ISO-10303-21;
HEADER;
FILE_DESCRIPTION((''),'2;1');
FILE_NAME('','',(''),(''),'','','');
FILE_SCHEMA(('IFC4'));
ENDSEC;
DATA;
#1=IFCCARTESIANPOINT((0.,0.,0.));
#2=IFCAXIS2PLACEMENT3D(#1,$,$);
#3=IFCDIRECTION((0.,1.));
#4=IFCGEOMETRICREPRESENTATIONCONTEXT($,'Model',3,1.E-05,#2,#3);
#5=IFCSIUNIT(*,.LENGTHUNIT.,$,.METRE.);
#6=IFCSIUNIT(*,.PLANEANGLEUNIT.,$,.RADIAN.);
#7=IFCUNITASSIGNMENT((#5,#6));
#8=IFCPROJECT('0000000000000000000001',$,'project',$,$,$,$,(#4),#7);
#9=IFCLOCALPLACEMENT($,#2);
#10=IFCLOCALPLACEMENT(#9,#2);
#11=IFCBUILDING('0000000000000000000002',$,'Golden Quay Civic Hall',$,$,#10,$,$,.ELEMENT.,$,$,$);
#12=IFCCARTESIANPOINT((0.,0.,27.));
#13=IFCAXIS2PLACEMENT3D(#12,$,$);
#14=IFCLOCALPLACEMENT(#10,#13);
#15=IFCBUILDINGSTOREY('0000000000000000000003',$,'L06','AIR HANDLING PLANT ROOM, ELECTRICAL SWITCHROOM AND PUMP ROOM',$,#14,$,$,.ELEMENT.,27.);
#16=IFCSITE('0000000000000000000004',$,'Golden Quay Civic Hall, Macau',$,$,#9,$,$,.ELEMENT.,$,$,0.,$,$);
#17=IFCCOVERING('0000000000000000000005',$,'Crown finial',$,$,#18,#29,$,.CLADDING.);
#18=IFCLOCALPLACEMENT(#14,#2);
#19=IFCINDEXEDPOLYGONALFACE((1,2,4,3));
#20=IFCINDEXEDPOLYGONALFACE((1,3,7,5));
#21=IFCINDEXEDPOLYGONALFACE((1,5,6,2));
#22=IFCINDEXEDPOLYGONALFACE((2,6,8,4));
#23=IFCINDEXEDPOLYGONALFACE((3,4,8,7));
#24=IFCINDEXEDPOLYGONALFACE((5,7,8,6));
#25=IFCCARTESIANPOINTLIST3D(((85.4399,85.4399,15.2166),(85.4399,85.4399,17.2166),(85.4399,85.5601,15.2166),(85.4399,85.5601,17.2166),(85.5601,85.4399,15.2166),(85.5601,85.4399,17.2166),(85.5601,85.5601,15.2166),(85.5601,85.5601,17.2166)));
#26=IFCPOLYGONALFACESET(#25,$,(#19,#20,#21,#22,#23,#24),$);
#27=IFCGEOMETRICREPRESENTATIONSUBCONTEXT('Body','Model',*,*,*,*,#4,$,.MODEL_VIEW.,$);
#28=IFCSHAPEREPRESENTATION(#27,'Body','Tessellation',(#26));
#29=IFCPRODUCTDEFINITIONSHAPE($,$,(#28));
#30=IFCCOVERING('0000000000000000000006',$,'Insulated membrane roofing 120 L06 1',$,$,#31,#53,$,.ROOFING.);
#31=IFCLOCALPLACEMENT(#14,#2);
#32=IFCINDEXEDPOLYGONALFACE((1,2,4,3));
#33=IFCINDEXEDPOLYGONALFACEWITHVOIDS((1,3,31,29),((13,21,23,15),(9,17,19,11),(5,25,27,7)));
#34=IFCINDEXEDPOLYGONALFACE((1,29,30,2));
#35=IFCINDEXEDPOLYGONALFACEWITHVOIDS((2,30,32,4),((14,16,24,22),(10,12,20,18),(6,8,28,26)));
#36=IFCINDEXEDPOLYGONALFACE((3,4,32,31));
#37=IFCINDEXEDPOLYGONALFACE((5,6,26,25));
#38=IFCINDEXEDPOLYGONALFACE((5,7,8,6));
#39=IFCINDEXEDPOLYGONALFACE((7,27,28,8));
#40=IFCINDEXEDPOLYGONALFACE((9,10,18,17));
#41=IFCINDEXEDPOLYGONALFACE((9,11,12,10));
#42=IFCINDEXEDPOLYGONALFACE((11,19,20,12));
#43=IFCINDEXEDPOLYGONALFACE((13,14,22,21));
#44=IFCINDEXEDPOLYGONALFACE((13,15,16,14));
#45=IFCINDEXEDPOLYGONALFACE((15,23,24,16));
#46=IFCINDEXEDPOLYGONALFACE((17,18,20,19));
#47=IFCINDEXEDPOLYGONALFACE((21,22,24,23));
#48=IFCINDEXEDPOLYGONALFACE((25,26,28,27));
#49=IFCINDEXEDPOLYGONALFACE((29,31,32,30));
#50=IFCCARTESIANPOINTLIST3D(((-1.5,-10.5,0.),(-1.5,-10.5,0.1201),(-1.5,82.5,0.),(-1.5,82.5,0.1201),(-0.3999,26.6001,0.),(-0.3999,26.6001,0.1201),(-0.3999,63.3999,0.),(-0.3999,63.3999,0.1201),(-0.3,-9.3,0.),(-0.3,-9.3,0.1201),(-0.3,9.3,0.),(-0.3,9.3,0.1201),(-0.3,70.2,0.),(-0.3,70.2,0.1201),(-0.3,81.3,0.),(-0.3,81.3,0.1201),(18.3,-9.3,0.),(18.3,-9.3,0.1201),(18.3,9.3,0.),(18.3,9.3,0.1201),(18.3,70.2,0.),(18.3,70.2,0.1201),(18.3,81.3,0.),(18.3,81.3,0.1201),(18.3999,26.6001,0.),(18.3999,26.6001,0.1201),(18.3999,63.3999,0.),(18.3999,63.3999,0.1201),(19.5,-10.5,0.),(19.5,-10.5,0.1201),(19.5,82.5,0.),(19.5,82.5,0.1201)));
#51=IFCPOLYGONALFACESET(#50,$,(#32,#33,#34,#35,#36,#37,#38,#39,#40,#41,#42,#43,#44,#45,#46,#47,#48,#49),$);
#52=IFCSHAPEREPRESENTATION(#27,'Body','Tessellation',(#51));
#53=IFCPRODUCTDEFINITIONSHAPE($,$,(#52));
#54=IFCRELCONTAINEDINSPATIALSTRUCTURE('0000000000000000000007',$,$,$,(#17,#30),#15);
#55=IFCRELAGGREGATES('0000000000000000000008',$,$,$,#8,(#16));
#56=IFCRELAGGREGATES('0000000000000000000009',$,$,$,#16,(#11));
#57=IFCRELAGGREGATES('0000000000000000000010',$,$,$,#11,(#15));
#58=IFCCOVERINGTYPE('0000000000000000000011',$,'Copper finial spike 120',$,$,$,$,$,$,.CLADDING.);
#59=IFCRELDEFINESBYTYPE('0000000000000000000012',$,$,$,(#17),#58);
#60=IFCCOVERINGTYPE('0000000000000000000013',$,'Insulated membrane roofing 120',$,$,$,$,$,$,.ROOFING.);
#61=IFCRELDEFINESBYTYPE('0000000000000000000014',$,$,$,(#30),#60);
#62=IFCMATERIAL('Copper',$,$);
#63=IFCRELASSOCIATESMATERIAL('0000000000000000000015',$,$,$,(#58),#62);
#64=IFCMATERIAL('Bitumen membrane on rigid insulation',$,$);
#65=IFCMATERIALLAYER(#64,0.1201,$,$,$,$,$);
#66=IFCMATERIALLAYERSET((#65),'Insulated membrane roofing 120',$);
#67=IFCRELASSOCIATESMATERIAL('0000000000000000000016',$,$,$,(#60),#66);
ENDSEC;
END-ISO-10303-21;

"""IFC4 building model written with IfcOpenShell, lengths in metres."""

from ifc_helpers import new_model, si_unit, direction, frame, origin, place, context, subcontext, project, spatial, polyline, outline, extrude, material, layer, layer_set, type_object, element, save


model = new_model("IFC4")

# Units and contexts
model_context = context("Model", 3, precision=1e-05, world=origin(), true_north=direction((0.0, 1.0)))
body_context = subcontext(model_context, "Body", "Model", "MODEL_VIEW")
ifc_project = project(units=[si_unit("LENGTHUNIT", "METRE"), si_unit("PLANEANGLEUNIT", "RADIAN")], contexts=[model_context])

# Site, building, storey
site_placement = place(None, origin())
site = spatial("IfcSite", under=ifc_project, at=site_placement, Name="Golden Quay Civic Hall, Macau", CompositionType="ELEMENT", RefElevation=0.0)
building_placement = place(site_placement, origin())
building = spatial("IfcBuilding", under=site, at=building_placement, Name="Golden Quay Civic Hall", CompositionType="ELEMENT")
storey_placement = place(building_placement, frame((0.0, 0.0, 27.0)))
storey = spatial("IfcBuildingStorey", under=building, at=storey_placement, Name="L06", Description="AIR HANDLING PLANT ROOM, ELECTRICAL SWITCHROOM AND PUMP ROOM", CompositionType="ELEMENT", Elevation=27.0)

# Coverings
ifc_material_1 = material(Name="Copper")
covering_type_1 = type_object("IfcCoveringType", Name="Copper finial spike 120", PredefinedType="CLADDING", material=ifc_material_1)
covering_1_placement = place(storey_placement, frame((0.0, 0.0, 15.2166)))
element("IfcCovering", 1, at=covering_1_placement, inside=storey, type_object=covering_type_1, Name="Crown finial", PredefinedType="CLADDING", context=body_context, shape_type="SweptSolid", body=[
    extrude(outline(polyline([(85.4399, 85.4399), (85.5601, 85.4399), (85.5601, 85.5601), (85.4399, 85.5601), (85.4399, 85.4399)])), origin(), (0.0, 0.0, 1.0), 2.0),
])
ifc_material_2 = material(Name="Bitumen membrane on rigid insulation")
ifc_layer_1 = layer(ifc_material_2, 0.1201)
ifc_layer_set_1 = layer_set([ifc_layer_1], Name="Insulated membrane roofing 120")
covering_type_2 = type_object("IfcCoveringType", Name="Insulated membrane roofing 120", PredefinedType="ROOFING", material=ifc_layer_set_1)
covering_2_placement = place(storey_placement, origin())
element("IfcCovering", 2, at=covering_2_placement, inside=storey, type_object=covering_type_2, Name="Insulated membrane roofing 120 L06 1", PredefinedType="ROOFING", context=body_context, shape_type="SweptSolid", body=[
    extrude(outline(polyline([(19.5, -10.5), (-1.5, -10.5), (-1.5, 82.5), (19.5, 82.5), (19.5, -10.5)]), holes=[polyline([(-0.3, 9.3), (-0.3, -9.3), (18.3, -9.3), (18.3, 9.3), (-0.3, 9.3)]), polyline([(-0.3, 81.3), (-0.3, 70.2), (18.3, 70.2), (18.3, 81.3), (-0.3, 81.3)]), polyline([(-0.3999, 26.6001), (18.3999, 26.6001), (18.3999, 63.3999), (-0.3999, 63.3999), (-0.3999, 26.6001)])]), origin(), (0.0, 0.0, 1.0), 0.1201),
])

save(model, "model.ifc")
